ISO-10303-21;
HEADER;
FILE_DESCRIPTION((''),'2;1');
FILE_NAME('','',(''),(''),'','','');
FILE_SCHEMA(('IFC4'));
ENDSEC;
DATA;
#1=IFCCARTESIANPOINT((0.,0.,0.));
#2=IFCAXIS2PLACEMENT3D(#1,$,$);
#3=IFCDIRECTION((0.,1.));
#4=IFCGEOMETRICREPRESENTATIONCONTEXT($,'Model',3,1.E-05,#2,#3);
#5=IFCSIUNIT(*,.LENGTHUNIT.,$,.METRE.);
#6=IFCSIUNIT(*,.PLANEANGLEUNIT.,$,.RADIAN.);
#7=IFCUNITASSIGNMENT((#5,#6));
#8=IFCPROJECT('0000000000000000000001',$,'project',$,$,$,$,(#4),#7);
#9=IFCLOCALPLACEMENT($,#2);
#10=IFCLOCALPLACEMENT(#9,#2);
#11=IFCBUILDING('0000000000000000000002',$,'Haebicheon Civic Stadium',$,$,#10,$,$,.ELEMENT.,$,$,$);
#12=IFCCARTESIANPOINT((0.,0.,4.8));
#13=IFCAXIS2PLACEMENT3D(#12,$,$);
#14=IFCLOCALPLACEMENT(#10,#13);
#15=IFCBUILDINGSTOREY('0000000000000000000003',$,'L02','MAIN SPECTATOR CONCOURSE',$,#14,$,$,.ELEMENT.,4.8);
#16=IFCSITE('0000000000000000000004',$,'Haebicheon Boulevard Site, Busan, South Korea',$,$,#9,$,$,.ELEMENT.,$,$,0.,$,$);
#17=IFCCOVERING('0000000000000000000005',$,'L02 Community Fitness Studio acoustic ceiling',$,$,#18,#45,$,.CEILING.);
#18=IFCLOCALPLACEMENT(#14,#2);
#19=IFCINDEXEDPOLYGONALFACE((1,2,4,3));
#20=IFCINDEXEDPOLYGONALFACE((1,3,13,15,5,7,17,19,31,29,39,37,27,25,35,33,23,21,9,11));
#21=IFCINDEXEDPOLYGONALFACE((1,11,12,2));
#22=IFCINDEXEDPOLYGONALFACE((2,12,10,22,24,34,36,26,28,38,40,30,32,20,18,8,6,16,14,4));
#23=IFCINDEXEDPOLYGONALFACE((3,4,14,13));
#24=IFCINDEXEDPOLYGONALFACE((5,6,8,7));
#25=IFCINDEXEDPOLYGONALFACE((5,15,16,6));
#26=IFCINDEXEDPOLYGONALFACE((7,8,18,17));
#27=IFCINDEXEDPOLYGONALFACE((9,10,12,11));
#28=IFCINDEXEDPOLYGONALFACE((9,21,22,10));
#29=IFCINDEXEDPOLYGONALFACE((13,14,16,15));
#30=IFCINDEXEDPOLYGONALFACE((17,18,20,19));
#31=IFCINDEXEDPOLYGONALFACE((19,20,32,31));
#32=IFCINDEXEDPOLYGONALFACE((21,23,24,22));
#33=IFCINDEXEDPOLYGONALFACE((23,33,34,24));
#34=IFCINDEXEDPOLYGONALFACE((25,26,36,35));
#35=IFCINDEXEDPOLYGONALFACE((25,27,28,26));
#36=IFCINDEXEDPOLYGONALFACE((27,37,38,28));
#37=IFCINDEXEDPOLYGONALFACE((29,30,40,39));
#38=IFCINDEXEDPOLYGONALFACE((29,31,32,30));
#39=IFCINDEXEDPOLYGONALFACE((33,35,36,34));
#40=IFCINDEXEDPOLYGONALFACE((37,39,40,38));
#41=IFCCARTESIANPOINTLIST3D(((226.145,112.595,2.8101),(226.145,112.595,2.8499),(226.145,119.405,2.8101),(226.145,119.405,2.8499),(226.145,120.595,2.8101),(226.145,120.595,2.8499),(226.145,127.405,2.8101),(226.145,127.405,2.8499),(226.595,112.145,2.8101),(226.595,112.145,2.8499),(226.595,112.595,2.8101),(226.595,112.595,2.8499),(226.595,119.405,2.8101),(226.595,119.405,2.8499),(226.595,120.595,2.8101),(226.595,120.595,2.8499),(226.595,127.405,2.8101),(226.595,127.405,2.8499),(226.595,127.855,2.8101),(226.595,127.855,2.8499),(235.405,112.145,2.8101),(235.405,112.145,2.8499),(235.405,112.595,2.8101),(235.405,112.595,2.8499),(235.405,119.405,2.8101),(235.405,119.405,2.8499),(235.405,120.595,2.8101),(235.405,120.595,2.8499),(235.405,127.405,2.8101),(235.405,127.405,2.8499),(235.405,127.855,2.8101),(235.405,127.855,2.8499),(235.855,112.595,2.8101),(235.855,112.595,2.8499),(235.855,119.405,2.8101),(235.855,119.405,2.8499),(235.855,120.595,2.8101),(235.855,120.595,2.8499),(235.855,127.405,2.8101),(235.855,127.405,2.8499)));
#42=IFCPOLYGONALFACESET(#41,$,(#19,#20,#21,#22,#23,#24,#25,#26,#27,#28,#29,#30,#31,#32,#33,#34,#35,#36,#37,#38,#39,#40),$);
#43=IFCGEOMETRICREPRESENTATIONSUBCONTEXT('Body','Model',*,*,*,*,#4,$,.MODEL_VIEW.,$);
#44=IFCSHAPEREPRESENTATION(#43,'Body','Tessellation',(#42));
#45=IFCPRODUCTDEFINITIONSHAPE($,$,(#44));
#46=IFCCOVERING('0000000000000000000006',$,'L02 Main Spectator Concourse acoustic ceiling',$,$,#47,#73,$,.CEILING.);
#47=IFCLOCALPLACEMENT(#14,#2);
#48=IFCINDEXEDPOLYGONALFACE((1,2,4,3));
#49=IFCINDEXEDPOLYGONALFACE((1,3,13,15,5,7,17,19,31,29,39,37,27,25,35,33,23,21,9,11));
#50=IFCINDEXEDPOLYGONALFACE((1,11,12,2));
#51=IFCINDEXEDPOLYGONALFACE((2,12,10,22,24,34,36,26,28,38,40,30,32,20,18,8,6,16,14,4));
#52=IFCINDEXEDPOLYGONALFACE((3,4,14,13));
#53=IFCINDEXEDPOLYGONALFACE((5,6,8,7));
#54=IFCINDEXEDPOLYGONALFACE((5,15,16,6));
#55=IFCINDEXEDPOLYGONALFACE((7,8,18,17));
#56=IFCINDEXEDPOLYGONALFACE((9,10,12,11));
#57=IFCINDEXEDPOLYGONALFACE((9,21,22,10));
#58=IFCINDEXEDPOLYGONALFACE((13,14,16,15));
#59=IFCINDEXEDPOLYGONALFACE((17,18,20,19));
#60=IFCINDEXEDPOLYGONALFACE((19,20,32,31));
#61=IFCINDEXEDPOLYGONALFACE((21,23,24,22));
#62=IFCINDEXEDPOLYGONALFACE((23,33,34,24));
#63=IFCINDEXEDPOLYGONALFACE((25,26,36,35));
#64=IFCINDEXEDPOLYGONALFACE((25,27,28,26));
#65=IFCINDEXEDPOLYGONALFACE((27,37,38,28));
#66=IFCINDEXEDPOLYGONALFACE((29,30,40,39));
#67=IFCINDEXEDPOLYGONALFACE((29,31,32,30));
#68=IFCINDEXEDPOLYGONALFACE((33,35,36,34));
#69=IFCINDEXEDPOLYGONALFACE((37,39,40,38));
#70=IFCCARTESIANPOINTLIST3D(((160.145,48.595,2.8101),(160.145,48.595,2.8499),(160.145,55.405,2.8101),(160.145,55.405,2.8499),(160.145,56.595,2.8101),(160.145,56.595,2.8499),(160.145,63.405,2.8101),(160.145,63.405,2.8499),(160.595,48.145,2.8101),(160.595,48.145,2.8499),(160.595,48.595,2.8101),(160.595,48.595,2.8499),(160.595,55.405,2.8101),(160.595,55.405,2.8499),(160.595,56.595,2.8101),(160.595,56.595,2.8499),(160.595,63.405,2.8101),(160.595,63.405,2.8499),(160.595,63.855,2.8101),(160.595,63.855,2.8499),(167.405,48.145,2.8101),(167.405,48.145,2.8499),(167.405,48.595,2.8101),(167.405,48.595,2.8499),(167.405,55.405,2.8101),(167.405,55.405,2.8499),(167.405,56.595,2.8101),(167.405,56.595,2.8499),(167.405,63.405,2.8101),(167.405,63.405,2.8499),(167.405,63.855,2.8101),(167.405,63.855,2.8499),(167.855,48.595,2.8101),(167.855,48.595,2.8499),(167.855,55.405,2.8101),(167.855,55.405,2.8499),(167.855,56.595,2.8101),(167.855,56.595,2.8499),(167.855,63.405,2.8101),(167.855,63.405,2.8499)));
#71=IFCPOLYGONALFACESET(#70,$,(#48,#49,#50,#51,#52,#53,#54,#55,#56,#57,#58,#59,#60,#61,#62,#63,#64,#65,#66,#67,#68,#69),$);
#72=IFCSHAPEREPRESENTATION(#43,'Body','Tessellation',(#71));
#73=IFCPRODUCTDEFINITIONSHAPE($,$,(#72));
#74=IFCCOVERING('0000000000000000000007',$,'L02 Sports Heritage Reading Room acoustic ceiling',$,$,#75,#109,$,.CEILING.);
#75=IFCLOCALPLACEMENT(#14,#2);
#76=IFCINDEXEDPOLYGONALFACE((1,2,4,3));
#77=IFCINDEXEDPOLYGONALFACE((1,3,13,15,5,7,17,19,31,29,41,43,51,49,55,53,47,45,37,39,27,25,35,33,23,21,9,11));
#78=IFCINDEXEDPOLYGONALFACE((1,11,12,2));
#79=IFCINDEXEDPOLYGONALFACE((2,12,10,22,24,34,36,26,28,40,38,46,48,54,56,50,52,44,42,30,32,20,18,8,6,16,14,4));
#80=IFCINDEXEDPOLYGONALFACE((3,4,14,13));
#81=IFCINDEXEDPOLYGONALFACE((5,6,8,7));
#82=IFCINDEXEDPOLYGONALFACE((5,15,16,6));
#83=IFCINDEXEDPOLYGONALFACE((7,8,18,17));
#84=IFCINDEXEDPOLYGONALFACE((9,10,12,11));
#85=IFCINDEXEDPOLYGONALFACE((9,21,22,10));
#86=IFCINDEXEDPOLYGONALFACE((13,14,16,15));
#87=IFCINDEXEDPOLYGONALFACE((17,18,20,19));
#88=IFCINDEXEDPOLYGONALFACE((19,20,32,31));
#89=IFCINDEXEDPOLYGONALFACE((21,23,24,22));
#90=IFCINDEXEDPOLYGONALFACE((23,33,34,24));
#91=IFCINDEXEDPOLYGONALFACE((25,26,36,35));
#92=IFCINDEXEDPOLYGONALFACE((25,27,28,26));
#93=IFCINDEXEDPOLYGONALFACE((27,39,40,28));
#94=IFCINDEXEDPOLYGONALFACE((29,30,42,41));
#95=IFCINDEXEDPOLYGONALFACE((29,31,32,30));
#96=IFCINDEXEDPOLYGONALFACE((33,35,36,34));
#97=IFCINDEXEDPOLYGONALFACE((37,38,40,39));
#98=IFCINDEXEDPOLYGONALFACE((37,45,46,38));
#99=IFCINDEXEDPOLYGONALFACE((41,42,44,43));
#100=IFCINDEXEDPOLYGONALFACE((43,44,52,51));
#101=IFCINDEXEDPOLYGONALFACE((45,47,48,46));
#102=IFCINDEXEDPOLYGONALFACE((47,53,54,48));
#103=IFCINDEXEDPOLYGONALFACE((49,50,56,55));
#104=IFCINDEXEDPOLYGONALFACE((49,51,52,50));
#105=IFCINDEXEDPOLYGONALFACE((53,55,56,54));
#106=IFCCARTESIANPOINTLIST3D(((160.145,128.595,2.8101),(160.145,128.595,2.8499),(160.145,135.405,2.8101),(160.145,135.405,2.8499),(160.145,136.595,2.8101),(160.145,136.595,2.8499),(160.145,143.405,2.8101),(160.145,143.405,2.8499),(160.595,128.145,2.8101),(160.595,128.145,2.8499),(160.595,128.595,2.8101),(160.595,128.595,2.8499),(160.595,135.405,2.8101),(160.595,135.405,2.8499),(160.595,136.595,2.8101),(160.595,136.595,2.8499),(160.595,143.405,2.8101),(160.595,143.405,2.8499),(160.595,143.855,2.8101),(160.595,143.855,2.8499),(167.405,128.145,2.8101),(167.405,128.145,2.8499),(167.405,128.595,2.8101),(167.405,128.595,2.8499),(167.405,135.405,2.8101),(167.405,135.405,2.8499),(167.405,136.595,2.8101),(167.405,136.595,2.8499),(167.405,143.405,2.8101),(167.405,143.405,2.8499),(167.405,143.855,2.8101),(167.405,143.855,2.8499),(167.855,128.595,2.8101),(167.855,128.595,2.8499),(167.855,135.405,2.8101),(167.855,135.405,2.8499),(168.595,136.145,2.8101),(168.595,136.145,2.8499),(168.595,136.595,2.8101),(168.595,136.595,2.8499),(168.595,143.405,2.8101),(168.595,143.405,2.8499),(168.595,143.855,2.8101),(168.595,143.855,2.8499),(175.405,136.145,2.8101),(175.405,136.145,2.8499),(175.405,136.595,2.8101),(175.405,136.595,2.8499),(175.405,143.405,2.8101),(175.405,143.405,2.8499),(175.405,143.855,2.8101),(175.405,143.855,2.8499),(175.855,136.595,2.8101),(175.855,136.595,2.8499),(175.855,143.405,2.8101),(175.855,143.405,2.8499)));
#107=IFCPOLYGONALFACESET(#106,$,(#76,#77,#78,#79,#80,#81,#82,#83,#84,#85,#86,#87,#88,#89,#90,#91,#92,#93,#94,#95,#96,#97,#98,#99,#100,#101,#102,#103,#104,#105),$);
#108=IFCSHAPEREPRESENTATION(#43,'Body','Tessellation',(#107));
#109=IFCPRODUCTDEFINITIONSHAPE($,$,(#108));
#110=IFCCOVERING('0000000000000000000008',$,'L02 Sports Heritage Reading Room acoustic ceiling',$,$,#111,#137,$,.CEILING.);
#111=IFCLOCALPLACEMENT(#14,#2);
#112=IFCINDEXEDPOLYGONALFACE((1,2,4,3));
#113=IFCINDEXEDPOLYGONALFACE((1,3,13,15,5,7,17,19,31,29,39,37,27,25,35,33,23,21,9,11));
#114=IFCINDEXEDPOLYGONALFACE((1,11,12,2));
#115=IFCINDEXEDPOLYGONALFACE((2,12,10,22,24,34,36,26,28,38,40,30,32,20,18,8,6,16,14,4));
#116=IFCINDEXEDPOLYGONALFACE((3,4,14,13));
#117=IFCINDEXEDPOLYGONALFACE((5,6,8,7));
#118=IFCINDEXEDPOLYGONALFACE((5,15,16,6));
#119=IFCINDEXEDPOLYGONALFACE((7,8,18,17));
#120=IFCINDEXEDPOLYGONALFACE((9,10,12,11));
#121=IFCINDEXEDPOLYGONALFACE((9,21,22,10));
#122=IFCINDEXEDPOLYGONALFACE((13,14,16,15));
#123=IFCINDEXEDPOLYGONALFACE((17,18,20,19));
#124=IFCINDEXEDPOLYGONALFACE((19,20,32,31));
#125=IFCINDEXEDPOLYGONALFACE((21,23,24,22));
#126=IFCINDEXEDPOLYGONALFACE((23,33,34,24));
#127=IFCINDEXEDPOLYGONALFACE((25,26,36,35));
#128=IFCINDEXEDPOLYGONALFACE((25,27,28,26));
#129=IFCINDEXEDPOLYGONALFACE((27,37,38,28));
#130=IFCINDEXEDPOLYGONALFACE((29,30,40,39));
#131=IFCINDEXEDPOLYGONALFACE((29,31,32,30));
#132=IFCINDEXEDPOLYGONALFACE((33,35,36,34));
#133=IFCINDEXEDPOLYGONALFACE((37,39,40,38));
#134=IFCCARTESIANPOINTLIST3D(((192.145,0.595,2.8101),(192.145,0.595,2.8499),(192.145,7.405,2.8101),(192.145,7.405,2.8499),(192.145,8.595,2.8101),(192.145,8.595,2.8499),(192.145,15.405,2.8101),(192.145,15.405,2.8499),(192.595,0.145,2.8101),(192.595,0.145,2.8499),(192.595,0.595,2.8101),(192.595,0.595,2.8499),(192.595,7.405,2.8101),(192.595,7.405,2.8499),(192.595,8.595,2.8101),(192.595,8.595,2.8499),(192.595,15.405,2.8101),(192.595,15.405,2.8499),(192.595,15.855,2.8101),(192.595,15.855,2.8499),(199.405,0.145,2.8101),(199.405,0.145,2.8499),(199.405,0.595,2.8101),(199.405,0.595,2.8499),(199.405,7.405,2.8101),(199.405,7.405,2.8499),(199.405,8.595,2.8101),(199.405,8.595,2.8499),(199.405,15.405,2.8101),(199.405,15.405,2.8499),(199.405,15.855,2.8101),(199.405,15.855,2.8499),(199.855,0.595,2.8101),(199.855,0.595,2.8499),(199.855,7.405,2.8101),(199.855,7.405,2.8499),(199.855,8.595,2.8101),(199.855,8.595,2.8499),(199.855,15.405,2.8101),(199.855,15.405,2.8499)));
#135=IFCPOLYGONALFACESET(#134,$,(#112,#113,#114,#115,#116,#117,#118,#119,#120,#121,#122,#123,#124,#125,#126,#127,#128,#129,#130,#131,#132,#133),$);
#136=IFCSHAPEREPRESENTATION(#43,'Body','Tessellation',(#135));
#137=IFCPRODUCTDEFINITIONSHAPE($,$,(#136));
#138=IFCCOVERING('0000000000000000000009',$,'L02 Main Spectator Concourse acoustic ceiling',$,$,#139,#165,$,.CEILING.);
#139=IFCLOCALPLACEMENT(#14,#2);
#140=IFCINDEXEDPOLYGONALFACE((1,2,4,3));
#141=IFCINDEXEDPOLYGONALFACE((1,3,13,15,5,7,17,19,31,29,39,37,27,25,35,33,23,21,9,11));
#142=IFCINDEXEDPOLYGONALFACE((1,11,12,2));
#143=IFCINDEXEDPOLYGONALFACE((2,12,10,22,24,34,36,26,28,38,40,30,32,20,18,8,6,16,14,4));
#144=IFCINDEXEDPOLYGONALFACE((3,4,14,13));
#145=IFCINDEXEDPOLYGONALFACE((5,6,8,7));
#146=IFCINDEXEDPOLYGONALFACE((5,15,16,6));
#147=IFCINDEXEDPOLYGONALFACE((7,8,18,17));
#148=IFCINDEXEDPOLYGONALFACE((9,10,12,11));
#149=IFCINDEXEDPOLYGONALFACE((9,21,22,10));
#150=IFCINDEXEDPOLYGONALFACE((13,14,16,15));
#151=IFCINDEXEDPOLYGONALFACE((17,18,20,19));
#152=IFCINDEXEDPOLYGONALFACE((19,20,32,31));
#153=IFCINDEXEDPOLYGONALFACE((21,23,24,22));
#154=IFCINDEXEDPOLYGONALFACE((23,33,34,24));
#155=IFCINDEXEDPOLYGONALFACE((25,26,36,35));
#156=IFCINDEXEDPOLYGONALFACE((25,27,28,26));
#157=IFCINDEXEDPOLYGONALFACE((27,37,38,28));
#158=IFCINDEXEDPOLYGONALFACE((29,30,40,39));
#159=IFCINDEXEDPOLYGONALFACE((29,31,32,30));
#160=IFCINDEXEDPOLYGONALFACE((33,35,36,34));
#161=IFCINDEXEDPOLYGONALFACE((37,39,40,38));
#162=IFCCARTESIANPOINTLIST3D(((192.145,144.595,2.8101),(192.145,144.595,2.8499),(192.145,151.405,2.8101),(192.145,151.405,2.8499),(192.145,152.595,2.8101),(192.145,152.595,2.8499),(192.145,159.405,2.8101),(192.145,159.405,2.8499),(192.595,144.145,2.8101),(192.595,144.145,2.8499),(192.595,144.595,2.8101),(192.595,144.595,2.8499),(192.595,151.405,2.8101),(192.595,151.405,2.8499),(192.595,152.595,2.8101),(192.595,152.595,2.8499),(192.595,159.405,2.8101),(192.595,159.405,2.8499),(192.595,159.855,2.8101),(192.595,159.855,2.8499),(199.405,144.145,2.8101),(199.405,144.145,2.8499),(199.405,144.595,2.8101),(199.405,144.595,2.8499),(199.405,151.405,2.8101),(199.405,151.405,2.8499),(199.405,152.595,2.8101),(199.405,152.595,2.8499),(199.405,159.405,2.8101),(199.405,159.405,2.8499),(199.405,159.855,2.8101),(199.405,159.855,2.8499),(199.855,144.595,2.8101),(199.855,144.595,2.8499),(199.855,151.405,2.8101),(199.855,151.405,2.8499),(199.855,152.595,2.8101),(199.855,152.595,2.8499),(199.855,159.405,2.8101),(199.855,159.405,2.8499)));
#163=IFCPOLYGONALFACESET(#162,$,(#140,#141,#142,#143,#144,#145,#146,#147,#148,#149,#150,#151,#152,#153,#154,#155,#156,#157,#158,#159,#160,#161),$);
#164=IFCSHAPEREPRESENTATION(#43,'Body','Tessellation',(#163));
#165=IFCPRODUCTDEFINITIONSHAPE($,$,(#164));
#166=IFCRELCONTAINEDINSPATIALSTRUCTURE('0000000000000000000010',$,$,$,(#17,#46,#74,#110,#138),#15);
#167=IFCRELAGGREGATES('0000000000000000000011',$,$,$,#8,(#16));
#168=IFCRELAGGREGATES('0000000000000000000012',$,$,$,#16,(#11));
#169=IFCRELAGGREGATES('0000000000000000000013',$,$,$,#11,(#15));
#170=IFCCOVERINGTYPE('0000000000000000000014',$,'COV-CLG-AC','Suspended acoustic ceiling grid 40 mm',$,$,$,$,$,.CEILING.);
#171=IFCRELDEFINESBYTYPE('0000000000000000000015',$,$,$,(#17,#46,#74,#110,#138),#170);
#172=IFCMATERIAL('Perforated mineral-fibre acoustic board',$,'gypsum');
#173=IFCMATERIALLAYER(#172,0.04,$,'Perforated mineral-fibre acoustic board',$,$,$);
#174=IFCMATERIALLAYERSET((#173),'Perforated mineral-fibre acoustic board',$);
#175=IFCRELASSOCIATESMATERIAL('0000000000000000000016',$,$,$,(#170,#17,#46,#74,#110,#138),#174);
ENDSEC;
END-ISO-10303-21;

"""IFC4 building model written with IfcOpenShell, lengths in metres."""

from ifc_helpers import new_model, si_unit, direction, frame, origin, place, context, subcontext, project, spatial, polyline, outline, extrude, material, layer, layer_set, type_object, element, save


model = new_model("IFC4")

# Units and contexts
model_context = context("Model", 3, precision=1e-05, world=origin(), true_north=direction((0.0, 1.0)))
body_context = subcontext(model_context, "Body", "Model", "MODEL_VIEW")
ifc_project = project(units=[si_unit("LENGTHUNIT", "METRE"), si_unit("PLANEANGLEUNIT", "RADIAN")], contexts=[model_context])

# Site, building, storey
site_placement = place(None, origin())
site = spatial("IfcSite", under=ifc_project, at=site_placement, Name="Haebicheon Boulevard Site, Busan, South Korea", CompositionType="ELEMENT", RefElevation=0.0)
building_placement = place(site_placement, origin())
building = spatial("IfcBuilding", under=site, at=building_placement, Name="Haebicheon Civic Stadium", CompositionType="ELEMENT")
storey_placement = place(building_placement, frame((0.0, 0.0, 4.8)))
storey = spatial("IfcBuildingStorey", under=building, at=storey_placement, Name="L02", Description="MAIN SPECTATOR CONCOURSE", CompositionType="ELEMENT", Elevation=4.8)

# Coverings
ifc_material_1 = material(Name="Perforated mineral-fibre acoustic board", Category="gypsum")
ifc_layer_1 = layer(ifc_material_1, 0.04, Name="Perforated mineral-fibre acoustic board")
ifc_layer_set_1 = layer_set([ifc_layer_1], Name="Perforated mineral-fibre acoustic board")
covering_type_1 = type_object("IfcCoveringType", Name="COV-CLG-AC", Description="Suspended acoustic ceiling grid 40 mm", PredefinedType="CEILING", material=ifc_layer_set_1)
covering_1_placement = place(storey_placement, frame((0.0, 0.0, 2.8101)))
element("IfcCovering", 1, at=covering_1_placement, inside=storey, type_object=covering_type_1, material=ifc_layer_set_1, Name="L02 Community Fitness Studio acoustic ceiling", PredefinedType="CEILING", context=body_context, shape_type="SweptSolid", body=[
    extrude(outline(polyline([(226.595, 112.145), (226.595, 112.595), (226.145, 112.595), (226.145, 119.405), (226.595, 119.405), (226.595, 120.595), (226.145, 120.595), (226.145, 127.405), (226.595, 127.405), (226.595, 127.855), (235.405, 127.855), (235.405, 127.405), (235.855, 127.405), (235.855, 120.595), (235.405, 120.595), (235.405, 119.405), (235.855, 119.405), (235.855, 112.595), (235.405, 112.595), (235.405, 112.145), (226.595, 112.145)])), origin(), (0.0, 0.0, 1.0), 0.0398),
])
covering_2_placement = place(storey_placement, frame((0.0, 0.0, 2.8101)))
element("IfcCovering", 2, at=covering_2_placement, inside=storey, type_object=covering_type_1, material=ifc_layer_set_1, Name="L02 Main Spectator Concourse acoustic ceiling", PredefinedType="CEILING", context=body_context, shape_type="SweptSolid", body=[
    extrude(outline(polyline([(160.595, 48.145), (160.595, 48.595), (160.145, 48.595), (160.145, 55.405), (160.595, 55.405), (160.595, 56.595), (160.145, 56.595), (160.145, 63.405), (160.595, 63.405), (160.595, 63.855), (167.405, 63.855), (167.405, 63.405), (167.855, 63.405), (167.855, 56.595), (167.405, 56.595), (167.405, 55.405), (167.855, 55.405), (167.855, 48.595), (167.405, 48.595), (167.405, 48.145), (160.595, 48.145)])), origin(), (0.0, 0.0, 1.0), 0.0398),
])
covering_3_placement = place(storey_placement, frame((0.0, 0.0, 2.8101)))
element("IfcCovering", 3, at=covering_3_placement, inside=storey, type_object=covering_type_1, material=ifc_layer_set_1, Name="L02 Sports Heritage Reading Room acoustic ceiling", PredefinedType="CEILING", context=body_context, shape_type="SweptSolid", body=[
    extrude(outline(polyline([(160.595, 128.145), (160.595, 128.595), (160.145, 128.595), (160.145, 135.405), (160.595, 135.405), (160.595, 136.595), (160.145, 136.595), (160.145, 143.405), (160.595, 143.405), (160.595, 143.855), (167.405, 143.855), (167.405, 143.405), (168.595, 143.405), (168.595, 143.855), (175.405, 143.855), (175.405, 143.405), (175.855, 143.405), (175.855, 136.595), (175.405, 136.595), (175.405, 136.145), (168.595, 136.145), (168.595, 136.595), (167.405, 136.595), (167.405, 135.405), (167.855, 135.405), (167.855, 128.595), (167.405, 128.595), (167.405, 128.145), (160.595, 128.145)])), origin(), (0.0, 0.0, 1.0), 0.0398),
])
covering_4_placement = place(storey_placement, frame((0.0, 0.0, 2.8101)))
element("IfcCovering", 4, at=covering_4_placement, inside=storey, type_object=covering_type_1, material=ifc_layer_set_1, Name="L02 Sports Heritage Reading Room acoustic ceiling", PredefinedType="CEILING", context=body_context, shape_type="SweptSolid", body=[
    extrude(outline(polyline([(192.595, 0.145), (192.595, 0.595), (192.145, 0.595), (192.145, 7.405), (192.595, 7.405), (192.595, 8.595), (192.145, 8.595), (192.145, 15.405), (192.595, 15.405), (192.595, 15.855), (199.405, 15.855), (199.405, 15.405), (199.855, 15.405), (199.855, 8.595), (199.405, 8.595), (199.405, 7.405), (199.855, 7.405), (199.855, 0.595), (199.405, 0.595), (199.405, 0.145), (192.595, 0.145)])), origin(), (0.0, 0.0, 1.0), 0.0398),
])
covering_5_placement = place(storey_placement, frame((0.0, 0.0, 2.8101)))
element("IfcCovering", 5, at=covering_5_placement, inside=storey, type_object=covering_type_1, material=ifc_layer_set_1, Name="L02 Main Spectator Concourse acoustic ceiling", PredefinedType="CEILING", context=body_context, shape_type="SweptSolid", body=[
    extrude(outline(polyline([(192.595, 144.145), (192.595, 144.595), (192.145, 144.595), (192.145, 151.405), (192.595, 151.405), (192.595, 152.595), (192.145, 152.595), (192.145, 159.405), (192.595, 159.405), (192.595, 159.855), (199.405, 159.855), (199.405, 159.405), (199.855, 159.405), (199.855, 152.595), (199.405, 152.595), (199.405, 151.405), (199.855, 151.405), (199.855, 144.595), (199.405, 144.595), (199.405, 144.145), (192.595, 144.145)])), origin(), (0.0, 0.0, 1.0), 0.0398),
])

save(model, "model.ifc")
